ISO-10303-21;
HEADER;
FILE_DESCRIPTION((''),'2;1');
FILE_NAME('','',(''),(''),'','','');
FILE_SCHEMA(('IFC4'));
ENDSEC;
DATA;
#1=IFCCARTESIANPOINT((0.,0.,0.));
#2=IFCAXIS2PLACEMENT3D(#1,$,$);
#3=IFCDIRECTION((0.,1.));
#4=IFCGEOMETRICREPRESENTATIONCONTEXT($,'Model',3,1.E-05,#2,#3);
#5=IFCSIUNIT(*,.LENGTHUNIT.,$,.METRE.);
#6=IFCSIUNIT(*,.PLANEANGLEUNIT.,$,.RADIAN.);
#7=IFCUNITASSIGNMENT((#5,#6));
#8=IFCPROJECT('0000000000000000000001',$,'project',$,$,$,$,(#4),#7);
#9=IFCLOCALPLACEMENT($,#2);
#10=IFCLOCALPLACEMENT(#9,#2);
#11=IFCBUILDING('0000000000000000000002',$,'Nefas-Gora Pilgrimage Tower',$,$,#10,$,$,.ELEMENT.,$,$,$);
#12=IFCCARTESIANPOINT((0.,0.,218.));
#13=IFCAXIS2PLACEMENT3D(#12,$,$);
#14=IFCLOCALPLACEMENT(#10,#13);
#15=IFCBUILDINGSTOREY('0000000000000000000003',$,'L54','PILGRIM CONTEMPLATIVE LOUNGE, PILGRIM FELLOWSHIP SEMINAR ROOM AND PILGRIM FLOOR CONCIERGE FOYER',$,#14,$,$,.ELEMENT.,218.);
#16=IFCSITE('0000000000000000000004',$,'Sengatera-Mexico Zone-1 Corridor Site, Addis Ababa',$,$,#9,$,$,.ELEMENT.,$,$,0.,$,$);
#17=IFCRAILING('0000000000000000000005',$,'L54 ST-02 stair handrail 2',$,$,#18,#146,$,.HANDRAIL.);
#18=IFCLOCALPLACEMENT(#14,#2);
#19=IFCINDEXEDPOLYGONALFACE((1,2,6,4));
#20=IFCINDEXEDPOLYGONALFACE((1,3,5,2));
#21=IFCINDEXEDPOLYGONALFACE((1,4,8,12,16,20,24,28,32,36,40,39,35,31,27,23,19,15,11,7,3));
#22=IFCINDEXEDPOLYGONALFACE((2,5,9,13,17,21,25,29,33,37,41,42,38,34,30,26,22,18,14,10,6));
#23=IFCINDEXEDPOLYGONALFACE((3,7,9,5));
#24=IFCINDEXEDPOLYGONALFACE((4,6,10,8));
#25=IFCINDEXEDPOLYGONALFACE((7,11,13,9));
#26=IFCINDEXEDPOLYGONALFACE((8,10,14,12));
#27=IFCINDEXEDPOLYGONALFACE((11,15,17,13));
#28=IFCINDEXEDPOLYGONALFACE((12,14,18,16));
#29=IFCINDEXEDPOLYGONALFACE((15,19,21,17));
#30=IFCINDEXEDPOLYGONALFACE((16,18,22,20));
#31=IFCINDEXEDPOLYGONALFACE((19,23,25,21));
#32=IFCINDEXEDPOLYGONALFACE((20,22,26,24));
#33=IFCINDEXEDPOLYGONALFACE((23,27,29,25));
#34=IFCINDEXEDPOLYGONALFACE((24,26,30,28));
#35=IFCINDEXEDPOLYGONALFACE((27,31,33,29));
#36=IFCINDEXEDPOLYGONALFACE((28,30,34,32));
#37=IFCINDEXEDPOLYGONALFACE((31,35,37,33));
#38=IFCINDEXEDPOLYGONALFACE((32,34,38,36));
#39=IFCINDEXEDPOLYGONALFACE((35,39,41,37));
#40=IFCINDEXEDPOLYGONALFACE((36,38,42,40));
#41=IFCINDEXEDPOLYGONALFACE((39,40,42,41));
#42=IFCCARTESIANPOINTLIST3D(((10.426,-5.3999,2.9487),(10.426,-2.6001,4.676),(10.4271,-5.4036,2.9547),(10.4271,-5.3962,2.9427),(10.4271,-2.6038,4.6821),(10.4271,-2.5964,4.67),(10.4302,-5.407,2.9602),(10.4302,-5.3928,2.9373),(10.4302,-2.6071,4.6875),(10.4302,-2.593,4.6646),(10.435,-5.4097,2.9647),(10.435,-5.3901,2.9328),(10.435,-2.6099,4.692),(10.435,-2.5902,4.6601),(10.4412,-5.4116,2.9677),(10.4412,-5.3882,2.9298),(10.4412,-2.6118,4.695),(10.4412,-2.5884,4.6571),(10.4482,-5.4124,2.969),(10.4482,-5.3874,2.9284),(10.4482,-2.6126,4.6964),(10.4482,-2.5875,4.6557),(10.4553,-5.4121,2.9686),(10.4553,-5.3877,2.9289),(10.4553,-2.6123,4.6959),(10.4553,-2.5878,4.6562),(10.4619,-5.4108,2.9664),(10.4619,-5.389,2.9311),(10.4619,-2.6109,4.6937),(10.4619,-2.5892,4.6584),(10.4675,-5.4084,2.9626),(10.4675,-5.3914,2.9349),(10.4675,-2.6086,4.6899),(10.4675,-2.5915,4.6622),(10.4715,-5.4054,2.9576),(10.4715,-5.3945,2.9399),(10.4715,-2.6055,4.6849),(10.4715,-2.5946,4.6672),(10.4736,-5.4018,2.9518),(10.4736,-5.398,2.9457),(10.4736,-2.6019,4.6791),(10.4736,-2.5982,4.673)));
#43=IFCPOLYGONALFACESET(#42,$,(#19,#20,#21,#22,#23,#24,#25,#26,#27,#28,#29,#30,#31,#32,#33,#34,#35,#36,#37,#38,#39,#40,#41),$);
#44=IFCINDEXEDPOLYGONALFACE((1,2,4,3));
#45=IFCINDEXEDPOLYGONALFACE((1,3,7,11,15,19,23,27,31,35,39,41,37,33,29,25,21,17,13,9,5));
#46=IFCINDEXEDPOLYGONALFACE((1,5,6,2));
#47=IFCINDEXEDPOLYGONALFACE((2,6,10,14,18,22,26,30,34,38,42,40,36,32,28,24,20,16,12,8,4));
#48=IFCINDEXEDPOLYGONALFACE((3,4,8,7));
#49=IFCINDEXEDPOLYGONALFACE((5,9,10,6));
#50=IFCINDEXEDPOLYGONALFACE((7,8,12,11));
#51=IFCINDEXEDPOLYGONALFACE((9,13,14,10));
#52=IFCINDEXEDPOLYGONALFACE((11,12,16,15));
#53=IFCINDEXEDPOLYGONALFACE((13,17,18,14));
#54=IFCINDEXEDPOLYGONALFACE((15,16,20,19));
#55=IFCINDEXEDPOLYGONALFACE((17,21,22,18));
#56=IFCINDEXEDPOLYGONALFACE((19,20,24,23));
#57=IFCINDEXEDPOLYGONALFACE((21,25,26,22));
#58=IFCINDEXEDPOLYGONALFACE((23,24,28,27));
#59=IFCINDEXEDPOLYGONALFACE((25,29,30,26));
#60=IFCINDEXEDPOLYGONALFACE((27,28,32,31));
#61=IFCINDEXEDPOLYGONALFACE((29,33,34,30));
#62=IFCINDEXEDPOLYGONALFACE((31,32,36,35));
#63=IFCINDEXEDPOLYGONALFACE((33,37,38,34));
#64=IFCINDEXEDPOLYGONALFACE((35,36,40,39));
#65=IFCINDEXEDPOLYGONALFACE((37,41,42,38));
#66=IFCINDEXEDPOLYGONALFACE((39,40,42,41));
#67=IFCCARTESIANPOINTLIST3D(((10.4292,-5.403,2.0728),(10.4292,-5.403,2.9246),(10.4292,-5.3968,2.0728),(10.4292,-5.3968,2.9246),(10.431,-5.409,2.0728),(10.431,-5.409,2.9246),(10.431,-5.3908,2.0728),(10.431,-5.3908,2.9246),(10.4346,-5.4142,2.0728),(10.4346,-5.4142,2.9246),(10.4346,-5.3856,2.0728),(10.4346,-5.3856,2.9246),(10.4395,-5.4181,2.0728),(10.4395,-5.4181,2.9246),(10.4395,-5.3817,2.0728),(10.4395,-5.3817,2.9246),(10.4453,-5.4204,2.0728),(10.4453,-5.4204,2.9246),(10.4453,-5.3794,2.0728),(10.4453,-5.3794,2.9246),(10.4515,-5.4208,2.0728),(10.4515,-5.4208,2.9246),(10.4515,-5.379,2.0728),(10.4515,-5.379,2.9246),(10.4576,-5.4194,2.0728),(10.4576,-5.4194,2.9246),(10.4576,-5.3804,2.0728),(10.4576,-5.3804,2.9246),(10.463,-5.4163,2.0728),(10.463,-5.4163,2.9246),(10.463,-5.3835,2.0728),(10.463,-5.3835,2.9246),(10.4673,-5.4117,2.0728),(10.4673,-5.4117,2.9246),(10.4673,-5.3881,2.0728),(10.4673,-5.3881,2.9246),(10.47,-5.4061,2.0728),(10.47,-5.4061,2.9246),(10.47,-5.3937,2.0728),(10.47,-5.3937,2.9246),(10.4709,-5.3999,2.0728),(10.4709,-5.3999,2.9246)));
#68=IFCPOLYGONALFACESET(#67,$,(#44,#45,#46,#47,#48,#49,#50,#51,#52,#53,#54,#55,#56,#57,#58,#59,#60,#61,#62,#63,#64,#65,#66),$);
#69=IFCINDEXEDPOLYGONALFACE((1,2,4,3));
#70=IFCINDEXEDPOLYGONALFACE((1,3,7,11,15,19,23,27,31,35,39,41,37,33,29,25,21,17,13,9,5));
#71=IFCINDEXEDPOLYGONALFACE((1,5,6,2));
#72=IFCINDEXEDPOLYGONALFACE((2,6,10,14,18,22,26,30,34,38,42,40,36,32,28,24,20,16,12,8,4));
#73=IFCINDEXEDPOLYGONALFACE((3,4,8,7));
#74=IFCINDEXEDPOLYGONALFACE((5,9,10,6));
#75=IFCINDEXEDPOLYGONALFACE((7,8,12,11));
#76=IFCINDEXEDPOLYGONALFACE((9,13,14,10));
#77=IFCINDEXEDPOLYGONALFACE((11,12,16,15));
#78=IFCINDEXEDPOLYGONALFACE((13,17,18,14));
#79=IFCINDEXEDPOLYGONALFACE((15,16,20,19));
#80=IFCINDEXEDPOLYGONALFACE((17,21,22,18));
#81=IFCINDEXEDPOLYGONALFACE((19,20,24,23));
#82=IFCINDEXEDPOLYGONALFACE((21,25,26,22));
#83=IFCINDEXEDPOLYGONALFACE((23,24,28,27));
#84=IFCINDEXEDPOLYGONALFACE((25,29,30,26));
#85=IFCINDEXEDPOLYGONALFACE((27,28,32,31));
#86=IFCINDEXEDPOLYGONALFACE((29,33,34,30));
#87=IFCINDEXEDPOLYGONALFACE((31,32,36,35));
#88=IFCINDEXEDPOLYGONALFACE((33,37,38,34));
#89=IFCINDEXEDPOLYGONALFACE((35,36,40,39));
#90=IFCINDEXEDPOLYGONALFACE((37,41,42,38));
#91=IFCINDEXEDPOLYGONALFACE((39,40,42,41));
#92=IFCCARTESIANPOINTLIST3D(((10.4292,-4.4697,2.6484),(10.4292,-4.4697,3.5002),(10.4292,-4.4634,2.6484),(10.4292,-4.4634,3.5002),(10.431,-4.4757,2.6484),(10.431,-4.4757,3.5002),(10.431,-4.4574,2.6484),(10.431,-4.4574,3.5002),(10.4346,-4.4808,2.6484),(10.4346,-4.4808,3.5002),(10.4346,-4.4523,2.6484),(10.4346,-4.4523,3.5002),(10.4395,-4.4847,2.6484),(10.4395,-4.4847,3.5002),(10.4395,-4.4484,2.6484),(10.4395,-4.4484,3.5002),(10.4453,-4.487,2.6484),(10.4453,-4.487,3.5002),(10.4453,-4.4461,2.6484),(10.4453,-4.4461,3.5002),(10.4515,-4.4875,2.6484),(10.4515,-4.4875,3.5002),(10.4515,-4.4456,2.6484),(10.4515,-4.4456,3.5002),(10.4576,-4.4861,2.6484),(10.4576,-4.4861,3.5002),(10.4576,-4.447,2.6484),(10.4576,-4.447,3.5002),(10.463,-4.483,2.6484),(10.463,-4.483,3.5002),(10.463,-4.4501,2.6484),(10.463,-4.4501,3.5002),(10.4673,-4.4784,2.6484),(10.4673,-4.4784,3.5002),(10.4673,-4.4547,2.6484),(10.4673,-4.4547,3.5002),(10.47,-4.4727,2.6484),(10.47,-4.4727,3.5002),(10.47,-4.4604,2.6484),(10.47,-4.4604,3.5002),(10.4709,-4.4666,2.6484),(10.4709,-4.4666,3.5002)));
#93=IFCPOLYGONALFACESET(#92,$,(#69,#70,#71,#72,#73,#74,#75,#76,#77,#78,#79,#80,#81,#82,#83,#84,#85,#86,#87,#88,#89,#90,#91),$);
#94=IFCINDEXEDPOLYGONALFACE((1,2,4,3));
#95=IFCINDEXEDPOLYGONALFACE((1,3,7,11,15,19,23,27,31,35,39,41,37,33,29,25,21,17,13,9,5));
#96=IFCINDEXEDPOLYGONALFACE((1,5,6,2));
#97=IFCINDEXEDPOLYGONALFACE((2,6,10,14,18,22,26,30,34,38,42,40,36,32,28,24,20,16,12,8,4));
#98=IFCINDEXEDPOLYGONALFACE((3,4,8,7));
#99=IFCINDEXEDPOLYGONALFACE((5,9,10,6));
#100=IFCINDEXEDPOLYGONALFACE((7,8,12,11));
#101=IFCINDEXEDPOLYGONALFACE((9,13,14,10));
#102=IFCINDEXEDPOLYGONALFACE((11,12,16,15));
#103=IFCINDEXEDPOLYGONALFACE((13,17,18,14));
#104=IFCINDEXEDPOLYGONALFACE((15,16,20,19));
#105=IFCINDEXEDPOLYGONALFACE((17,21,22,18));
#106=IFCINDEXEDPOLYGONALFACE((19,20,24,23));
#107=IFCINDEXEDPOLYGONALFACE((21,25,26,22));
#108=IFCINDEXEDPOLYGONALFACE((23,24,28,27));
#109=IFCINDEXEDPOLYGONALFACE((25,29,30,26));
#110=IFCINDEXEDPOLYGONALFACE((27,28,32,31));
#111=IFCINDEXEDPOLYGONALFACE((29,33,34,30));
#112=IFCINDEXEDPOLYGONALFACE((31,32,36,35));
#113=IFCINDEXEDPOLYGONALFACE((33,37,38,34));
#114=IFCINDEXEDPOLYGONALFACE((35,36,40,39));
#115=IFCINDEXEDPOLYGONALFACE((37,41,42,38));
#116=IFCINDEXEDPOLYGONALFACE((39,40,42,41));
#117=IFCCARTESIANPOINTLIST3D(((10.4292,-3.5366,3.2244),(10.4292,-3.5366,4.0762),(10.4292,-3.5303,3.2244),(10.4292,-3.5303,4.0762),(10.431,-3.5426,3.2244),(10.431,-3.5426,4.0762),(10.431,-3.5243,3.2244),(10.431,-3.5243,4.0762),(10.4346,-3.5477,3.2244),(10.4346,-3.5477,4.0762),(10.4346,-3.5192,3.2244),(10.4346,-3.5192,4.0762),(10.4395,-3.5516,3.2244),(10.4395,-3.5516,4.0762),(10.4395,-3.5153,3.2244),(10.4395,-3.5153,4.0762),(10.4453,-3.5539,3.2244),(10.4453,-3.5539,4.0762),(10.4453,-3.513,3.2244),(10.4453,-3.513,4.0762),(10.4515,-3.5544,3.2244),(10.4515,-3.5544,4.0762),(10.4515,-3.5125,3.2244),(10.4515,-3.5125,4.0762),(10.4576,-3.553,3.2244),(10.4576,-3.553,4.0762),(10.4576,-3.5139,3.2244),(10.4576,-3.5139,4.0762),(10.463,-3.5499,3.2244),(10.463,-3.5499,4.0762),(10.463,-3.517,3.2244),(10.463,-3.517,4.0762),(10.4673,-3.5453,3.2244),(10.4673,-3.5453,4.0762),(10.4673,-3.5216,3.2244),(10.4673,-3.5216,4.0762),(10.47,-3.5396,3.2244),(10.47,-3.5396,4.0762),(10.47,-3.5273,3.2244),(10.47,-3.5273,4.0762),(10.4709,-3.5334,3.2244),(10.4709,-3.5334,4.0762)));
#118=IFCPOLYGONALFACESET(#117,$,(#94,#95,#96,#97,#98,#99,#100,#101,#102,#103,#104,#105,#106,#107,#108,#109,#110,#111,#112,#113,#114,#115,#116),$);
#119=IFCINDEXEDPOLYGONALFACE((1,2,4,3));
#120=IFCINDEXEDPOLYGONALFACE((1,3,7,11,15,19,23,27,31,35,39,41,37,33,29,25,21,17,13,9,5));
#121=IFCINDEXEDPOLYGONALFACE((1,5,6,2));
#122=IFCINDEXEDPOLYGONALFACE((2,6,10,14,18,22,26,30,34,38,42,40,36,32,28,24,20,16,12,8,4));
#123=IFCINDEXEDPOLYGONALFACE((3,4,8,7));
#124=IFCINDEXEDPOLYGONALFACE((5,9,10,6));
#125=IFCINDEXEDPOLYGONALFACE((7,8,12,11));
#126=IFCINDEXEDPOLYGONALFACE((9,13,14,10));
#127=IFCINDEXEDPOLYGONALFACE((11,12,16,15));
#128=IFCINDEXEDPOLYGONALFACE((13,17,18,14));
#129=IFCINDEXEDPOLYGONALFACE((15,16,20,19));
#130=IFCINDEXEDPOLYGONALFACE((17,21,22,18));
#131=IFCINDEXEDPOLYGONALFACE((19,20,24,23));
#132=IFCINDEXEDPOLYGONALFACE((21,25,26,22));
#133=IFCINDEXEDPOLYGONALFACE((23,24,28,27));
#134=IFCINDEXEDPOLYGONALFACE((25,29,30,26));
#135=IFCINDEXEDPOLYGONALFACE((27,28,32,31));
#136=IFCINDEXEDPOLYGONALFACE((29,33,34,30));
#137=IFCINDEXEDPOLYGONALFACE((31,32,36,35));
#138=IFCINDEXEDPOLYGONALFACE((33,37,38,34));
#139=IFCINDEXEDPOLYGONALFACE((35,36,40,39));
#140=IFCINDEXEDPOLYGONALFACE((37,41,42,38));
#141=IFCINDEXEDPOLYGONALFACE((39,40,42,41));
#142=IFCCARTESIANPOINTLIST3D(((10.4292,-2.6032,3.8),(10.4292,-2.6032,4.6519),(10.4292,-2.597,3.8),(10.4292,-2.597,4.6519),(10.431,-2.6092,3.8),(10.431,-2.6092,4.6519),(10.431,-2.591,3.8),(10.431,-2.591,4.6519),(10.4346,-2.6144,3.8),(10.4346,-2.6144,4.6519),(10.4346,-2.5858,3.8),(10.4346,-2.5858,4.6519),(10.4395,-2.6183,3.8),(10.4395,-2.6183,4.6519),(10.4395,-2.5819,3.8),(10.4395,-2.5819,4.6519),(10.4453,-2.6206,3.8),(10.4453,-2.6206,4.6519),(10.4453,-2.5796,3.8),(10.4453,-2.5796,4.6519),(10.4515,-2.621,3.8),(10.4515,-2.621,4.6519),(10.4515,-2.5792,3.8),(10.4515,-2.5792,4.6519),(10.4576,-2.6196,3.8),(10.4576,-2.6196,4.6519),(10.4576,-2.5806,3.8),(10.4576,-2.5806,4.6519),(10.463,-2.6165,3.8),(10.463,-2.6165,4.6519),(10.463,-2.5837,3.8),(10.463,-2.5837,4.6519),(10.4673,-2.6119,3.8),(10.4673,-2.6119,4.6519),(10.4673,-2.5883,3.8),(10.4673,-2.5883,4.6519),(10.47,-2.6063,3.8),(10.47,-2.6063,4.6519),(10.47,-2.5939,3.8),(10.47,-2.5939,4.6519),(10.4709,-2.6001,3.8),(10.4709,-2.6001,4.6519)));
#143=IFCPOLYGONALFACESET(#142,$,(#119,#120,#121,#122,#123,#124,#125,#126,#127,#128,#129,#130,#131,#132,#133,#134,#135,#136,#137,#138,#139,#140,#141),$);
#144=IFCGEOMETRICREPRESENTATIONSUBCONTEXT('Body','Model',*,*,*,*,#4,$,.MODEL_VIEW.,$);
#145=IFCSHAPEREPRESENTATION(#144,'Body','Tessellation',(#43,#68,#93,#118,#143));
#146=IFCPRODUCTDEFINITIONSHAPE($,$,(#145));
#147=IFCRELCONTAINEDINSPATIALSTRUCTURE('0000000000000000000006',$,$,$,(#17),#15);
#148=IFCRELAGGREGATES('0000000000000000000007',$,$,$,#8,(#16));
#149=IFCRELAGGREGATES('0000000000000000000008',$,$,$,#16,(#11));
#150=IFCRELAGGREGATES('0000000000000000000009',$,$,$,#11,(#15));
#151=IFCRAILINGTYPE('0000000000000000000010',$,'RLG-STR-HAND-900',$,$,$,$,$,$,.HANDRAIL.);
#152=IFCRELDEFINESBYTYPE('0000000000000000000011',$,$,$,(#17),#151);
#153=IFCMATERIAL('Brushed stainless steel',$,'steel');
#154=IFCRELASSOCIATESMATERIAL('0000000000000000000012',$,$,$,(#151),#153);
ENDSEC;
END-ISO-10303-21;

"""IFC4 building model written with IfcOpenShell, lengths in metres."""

from ifc_helpers import new_model, si_unit, direction, frame, origin, origin_2d, place, context, subcontext, project, spatial, circle, extrude, material, type_object, element, save


model = new_model("IFC4")

# Units and contexts
model_context = context("Model", 3, precision=1e-05, world=origin(), true_north=direction((0.0, 1.0)))
body_context = subcontext(model_context, "Body", "Model", "MODEL_VIEW")
ifc_project = project(units=[si_unit("LENGTHUNIT", "METRE"), si_unit("PLANEANGLEUNIT", "RADIAN")], contexts=[model_context])

# Site, building, storey
site_placement = place(None, origin())
site = spatial("IfcSite", under=ifc_project, at=site_placement, Name="Sengatera-Mexico Zone-1 Corridor Site, Addis Ababa", CompositionType="ELEMENT", RefElevation=0.0)
building_placement = place(site_placement, origin())
building = spatial("IfcBuilding", under=site, at=building_placement, Name="Nefas-Gora Pilgrimage Tower", CompositionType="ELEMENT")
storey_placement = place(building_placement, frame((0.0, 0.0, 218.0)))
storey = spatial("IfcBuildingStorey", under=building, at=storey_placement, Name="L54", Description="PILGRIM CONTEMPLATIVE LOUNGE, PILGRIM FELLOWSHIP SEMINAR ROOM AND PILGRIM FLOOR CONCIERGE FOYER", CompositionType="ELEMENT", Elevation=218.0)

# Railing
ifc_material_1 = material(Name="Brushed stainless steel", Category="steel")
railing_type_1 = type_object("IfcRailingType", Name="RLG-STR-HAND-900", PredefinedType="HANDRAIL", material=ifc_material_1)
railing_1_placement = place(storey_placement, frame((10.45, -5.3999, 2.0728)))
element("IfcRailing", 1, at=railing_1_placement, inside=storey, type_object=railing_type_1, Name="L54 ST-02 stair handrail 2", PredefinedType="HANDRAIL", context=body_context, shape_type="SweptSolid", body=[
    extrude(circle(Radius=0.0239, at=origin_2d()), frame((0.0, 0.0, 0.876), z_axis=(0.0, 0.851069, 0.525054), x_axis=(-1.0, 0.0, 0.0)), (0.0, 0.0, 1.0), 3.2898),
    extrude(circle(Radius=0.021, at=origin_2d()), origin(), (0.0, 0.0, 1.0), 0.8518),
    extrude(circle(Radius=0.021, at=origin_2d()), frame((0.0, 0.9333, 0.5757)), (0.0, 0.0, 1.0), 0.8518),
    extrude(circle(Radius=0.021, at=origin_2d()), frame((0.0, 1.8665, 1.1516)), (0.0, 0.0, 1.0), 0.8518),
    extrude(circle(Radius=0.021, at=origin_2d()), frame((0.0, 2.7998, 1.7273)), (0.0, 0.0, 1.0), 0.8518),
])

save(model, "model.ifc")
